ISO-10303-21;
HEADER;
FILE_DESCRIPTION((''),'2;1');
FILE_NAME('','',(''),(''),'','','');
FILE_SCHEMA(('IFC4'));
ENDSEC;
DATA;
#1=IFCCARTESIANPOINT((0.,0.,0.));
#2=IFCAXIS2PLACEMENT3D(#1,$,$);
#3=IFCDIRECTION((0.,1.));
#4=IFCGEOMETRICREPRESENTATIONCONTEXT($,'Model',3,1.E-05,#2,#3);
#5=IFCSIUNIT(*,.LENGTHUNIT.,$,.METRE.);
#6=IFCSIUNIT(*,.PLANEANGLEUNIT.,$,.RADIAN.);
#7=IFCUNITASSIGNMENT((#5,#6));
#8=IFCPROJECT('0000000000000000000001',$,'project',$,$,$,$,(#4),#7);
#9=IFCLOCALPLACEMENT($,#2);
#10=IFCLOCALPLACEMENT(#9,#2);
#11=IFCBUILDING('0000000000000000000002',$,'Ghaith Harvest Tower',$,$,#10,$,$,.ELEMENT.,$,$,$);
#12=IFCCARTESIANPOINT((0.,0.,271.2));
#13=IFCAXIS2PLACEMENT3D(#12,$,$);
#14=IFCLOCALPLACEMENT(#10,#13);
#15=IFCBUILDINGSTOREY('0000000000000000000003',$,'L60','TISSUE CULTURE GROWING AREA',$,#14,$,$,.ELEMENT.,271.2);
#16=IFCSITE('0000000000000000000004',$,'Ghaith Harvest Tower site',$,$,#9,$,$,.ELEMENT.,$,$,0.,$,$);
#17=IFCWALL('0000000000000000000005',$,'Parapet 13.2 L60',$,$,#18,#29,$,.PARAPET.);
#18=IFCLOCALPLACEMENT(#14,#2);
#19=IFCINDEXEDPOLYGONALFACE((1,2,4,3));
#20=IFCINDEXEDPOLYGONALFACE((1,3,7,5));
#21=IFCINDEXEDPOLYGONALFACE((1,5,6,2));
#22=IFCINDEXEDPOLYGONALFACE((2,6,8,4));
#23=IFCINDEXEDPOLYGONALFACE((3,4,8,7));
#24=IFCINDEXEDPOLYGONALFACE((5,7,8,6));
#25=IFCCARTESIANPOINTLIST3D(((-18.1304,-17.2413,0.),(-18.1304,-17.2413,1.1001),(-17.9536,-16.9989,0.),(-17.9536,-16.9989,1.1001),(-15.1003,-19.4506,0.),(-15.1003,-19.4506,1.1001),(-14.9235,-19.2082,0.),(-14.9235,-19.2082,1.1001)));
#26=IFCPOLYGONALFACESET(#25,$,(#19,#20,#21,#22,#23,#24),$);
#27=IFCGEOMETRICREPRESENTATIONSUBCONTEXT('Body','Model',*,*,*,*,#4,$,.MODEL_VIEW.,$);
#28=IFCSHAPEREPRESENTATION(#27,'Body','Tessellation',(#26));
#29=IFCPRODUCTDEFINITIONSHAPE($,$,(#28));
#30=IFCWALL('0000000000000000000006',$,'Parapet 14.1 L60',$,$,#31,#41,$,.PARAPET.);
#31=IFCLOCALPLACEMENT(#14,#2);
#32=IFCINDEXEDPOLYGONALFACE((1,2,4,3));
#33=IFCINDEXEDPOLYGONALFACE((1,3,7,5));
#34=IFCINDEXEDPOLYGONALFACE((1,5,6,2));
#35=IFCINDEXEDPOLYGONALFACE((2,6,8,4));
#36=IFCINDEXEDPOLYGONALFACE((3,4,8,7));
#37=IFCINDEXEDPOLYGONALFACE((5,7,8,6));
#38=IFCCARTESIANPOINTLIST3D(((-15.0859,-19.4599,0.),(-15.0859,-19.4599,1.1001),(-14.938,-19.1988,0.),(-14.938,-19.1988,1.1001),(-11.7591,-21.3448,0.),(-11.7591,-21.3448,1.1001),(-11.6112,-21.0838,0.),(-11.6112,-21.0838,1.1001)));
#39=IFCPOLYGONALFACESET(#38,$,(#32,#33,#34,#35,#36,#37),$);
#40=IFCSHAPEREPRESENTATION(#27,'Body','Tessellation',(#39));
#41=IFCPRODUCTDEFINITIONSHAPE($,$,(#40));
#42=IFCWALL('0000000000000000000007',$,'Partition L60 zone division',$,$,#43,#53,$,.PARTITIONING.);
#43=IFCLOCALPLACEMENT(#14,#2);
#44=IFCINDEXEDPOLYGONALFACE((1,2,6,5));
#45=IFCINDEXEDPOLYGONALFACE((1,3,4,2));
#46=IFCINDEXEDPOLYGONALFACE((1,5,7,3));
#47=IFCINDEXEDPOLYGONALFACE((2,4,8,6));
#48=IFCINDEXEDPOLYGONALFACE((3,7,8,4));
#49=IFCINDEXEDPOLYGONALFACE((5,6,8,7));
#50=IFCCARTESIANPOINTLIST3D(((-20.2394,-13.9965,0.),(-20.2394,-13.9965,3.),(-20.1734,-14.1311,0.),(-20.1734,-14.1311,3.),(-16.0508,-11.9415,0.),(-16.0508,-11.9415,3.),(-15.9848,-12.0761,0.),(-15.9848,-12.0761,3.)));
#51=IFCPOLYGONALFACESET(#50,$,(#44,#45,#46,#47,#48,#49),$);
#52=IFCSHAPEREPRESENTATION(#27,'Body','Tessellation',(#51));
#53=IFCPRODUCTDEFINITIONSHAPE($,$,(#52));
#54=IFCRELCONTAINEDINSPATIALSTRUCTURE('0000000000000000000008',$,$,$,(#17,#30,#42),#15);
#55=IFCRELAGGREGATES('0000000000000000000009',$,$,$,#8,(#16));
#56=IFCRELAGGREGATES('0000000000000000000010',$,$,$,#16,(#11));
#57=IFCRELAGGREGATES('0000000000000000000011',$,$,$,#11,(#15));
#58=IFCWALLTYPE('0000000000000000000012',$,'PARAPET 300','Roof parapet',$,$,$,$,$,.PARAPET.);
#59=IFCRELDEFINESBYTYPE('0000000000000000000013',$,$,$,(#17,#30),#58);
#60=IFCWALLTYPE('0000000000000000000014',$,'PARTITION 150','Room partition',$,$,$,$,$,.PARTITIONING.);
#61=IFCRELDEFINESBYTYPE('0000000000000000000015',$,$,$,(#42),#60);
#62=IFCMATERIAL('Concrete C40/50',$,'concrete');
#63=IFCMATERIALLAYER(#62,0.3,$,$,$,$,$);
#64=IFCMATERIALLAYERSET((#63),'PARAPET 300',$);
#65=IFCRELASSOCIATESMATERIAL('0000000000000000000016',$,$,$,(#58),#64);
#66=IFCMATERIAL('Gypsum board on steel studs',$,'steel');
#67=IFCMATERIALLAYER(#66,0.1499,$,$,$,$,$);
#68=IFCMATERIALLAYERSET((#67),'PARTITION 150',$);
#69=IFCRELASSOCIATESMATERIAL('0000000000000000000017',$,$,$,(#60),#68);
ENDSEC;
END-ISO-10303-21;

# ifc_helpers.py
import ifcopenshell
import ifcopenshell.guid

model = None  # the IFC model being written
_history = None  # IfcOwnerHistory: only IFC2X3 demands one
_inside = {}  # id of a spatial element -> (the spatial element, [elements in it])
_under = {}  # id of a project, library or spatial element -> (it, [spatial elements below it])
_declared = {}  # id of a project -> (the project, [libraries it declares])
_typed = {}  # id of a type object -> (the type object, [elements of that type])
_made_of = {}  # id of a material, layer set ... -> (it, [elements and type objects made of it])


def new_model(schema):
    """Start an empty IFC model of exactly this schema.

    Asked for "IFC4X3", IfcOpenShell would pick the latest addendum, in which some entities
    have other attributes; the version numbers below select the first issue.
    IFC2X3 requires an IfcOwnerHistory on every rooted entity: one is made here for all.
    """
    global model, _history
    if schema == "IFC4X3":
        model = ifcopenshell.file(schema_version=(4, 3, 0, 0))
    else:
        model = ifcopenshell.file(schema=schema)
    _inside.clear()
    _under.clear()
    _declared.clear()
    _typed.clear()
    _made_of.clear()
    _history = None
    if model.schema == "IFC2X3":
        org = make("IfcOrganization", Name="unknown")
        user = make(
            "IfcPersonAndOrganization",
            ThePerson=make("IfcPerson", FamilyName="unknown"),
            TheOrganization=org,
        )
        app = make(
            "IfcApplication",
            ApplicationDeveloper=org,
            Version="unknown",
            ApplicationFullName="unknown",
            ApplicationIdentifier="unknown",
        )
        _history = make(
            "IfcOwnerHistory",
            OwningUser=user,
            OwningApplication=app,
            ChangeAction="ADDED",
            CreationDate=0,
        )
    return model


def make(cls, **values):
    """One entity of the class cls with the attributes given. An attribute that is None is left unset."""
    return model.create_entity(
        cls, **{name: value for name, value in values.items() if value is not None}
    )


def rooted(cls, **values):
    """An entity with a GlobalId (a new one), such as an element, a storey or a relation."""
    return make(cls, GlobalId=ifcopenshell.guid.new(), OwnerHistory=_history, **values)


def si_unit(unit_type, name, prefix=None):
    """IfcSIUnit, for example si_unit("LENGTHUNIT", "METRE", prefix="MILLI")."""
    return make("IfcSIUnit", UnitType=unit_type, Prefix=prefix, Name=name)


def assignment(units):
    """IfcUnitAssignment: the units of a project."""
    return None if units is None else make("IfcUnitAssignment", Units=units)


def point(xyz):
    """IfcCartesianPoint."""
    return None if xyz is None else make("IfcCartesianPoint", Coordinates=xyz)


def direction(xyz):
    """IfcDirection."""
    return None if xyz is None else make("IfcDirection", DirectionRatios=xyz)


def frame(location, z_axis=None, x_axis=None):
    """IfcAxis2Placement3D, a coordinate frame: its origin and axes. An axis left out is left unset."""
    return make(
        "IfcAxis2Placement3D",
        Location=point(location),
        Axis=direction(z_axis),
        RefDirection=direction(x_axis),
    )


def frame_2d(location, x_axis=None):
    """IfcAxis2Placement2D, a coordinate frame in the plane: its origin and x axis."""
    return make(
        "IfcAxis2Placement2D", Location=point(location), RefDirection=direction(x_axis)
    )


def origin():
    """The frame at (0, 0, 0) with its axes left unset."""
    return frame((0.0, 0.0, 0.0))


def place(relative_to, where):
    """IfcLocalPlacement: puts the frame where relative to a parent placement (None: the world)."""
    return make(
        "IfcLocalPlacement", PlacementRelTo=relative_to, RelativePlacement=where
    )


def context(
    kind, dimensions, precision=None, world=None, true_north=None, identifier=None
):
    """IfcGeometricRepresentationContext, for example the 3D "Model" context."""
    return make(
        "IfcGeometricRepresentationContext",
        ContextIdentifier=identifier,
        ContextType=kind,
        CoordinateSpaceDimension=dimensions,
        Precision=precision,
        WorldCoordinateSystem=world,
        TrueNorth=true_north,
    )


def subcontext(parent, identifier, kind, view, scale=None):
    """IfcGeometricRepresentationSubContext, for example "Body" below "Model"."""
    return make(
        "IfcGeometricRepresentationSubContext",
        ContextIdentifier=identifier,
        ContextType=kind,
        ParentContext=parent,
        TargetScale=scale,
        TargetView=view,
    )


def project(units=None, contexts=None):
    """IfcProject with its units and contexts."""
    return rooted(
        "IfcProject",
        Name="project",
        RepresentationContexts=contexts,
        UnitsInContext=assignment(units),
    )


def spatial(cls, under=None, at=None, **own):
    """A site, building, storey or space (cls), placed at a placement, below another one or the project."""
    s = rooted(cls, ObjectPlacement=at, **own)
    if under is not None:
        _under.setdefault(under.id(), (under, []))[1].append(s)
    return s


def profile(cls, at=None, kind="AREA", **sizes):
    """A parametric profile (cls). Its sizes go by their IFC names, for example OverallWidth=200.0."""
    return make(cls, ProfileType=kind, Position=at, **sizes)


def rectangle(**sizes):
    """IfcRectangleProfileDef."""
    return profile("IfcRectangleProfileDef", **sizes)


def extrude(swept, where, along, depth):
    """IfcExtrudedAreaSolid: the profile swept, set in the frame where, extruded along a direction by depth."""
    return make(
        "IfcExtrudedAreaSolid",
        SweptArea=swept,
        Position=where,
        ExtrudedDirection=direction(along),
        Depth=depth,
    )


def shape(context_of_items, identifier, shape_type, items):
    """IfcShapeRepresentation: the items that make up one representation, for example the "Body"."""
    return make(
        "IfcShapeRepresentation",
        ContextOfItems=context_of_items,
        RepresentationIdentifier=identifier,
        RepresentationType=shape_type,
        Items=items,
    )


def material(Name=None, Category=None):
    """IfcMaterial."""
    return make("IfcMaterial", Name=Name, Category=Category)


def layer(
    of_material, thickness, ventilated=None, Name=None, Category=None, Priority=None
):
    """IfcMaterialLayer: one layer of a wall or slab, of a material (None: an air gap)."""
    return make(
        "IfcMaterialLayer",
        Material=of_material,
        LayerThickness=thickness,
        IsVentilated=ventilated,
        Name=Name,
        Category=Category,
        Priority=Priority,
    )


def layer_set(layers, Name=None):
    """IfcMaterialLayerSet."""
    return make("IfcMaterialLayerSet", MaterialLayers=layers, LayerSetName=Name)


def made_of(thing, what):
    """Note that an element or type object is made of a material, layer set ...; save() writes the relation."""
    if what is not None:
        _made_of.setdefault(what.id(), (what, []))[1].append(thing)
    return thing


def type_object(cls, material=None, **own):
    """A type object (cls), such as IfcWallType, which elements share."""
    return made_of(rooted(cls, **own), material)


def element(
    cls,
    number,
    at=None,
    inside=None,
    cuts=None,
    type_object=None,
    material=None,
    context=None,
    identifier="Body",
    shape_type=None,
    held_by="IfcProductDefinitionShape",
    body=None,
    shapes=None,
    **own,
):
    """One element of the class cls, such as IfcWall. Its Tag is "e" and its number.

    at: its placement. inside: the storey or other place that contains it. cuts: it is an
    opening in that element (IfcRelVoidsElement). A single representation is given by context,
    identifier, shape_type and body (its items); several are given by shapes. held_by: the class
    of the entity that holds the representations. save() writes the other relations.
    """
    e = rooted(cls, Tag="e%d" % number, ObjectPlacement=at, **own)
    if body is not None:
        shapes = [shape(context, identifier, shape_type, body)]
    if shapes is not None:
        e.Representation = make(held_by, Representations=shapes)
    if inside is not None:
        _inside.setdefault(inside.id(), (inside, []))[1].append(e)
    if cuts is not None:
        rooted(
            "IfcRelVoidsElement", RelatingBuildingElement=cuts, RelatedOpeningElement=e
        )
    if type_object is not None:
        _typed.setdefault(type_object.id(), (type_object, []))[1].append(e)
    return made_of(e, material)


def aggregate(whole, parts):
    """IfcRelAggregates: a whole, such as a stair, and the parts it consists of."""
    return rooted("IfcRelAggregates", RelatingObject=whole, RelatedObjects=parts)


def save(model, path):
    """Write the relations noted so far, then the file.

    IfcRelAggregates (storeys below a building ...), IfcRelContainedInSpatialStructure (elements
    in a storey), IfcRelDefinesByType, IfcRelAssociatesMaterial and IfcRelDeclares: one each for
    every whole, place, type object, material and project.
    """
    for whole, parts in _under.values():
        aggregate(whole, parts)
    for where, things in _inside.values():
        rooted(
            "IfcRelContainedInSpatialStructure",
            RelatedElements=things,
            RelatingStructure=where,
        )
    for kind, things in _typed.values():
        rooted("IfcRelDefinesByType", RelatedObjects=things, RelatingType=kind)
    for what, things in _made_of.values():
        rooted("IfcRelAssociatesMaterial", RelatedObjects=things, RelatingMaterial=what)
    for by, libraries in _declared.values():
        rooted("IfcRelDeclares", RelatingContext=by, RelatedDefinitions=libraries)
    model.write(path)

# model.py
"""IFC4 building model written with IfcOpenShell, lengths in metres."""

from ifc_helpers import new_model, si_unit, direction, frame, frame_2d, origin, place, context, subcontext, project, spatial, rectangle, extrude, material, layer, layer_set, type_object, element, save


model = new_model("IFC4")

# Units and contexts
model_context = context("Model", 3, precision=1e-05, world=origin(), true_north=direction((0.0, 1.0)))
body_context = subcontext(model_context, "Body", "Model", "MODEL_VIEW")
ifc_project = project(units=[si_unit("LENGTHUNIT", "METRE"), si_unit("PLANEANGLEUNIT", "RADIAN")], contexts=[model_context])

# Site, building, storey
site_placement = place(None, origin())
site = spatial("IfcSite", under=ifc_project, at=site_placement, Name="Ghaith Harvest Tower site", CompositionType="ELEMENT", RefElevation=0.0)
building_placement = place(site_placement, origin())
building = spatial("IfcBuilding", under=site, at=building_placement, Name="Ghaith Harvest Tower", CompositionType="ELEMENT")
storey_placement = place(building_placement, frame((0.0, 0.0, 271.2)))
storey = spatial("IfcBuildingStorey", under=building, at=storey_placement, Name="L60", Description="TISSUE CULTURE GROWING AREA", CompositionType="ELEMENT", Elevation=271.2)

# Walls
ifc_material_1 = material(Name="Concrete C40/50", Category="concrete")
ifc_layer_1 = layer(ifc_material_1, 0.3)
ifc_layer_set_1 = layer_set([ifc_layer_1], Name="PARAPET 300")
wall_type_1 = type_object("IfcWallType", Name="PARAPET 300", Description="Roof parapet", PredefinedType="PARAPET", material=ifc_layer_set_1)
wall_1_placement = place(storey_placement, frame((-18.042, -17.1201, 0.0), z_axis=(0.0, 0.0, 1.0), x_axis=(0.808029, -0.589143, 0.0)))
element("IfcWall", 1, at=wall_1_placement, inside=storey, type_object=wall_type_1, Name="Parapet 13.2 L60", PredefinedType="PARAPET", context=body_context, shape_type="SweptSolid", body=[
    extrude(rectangle(XDim=3.75, YDim=0.3, at=frame_2d((1.875, 0.0))), origin(), (0.0, 0.0, 1.0), 1.1001),
])
wall_2_placement = place(storey_placement, frame((-15.012, -19.3293, 0.0), z_axis=(0.0, 0.0, 1.0), x_axis=(0.870049, -0.492966, 0.0)))
element("IfcWall", 2, at=wall_2_placement, inside=storey, type_object=wall_type_1, Name="Parapet 14.1 L60", PredefinedType="PARAPET", context=body_context, shape_type="SweptSolid", body=[
    extrude(rectangle(XDim=3.8237, YDim=0.3, at=frame_2d((1.9119, 0.0))), origin(), (0.0, 0.0, 1.0), 1.1001),
])
ifc_material_2 = material(Name="Gypsum board on steel studs", Category="steel")
ifc_layer_2 = layer(ifc_material_2, 0.1499)
ifc_layer_set_2 = layer_set([ifc_layer_2], Name="PARTITION 150")
wall_type_2 = type_object("IfcWallType", Name="PARTITION 150", Description="Room partition", PredefinedType="PARTITIONING", material=ifc_layer_set_2)
wall_3_placement = place(storey_placement, frame((-16.0178, -12.0088, 0.0), z_axis=(0.0, 0.0, 1.0), x_axis=(-0.897772, -0.440461, 0.0)))
element("IfcWall", 3, at=wall_3_placement, inside=storey, type_object=wall_type_2, Name="Partition L60 zone division", PredefinedType="PARTITIONING", context=body_context, shape_type="SweptSolid", body=[
    extrude(rectangle(XDim=4.6655, YDim=0.1499, at=frame_2d((2.3328, 0.0))), origin(), (0.0, 0.0, 1.0), 3.0),
])

save(model, "model.ifc")
